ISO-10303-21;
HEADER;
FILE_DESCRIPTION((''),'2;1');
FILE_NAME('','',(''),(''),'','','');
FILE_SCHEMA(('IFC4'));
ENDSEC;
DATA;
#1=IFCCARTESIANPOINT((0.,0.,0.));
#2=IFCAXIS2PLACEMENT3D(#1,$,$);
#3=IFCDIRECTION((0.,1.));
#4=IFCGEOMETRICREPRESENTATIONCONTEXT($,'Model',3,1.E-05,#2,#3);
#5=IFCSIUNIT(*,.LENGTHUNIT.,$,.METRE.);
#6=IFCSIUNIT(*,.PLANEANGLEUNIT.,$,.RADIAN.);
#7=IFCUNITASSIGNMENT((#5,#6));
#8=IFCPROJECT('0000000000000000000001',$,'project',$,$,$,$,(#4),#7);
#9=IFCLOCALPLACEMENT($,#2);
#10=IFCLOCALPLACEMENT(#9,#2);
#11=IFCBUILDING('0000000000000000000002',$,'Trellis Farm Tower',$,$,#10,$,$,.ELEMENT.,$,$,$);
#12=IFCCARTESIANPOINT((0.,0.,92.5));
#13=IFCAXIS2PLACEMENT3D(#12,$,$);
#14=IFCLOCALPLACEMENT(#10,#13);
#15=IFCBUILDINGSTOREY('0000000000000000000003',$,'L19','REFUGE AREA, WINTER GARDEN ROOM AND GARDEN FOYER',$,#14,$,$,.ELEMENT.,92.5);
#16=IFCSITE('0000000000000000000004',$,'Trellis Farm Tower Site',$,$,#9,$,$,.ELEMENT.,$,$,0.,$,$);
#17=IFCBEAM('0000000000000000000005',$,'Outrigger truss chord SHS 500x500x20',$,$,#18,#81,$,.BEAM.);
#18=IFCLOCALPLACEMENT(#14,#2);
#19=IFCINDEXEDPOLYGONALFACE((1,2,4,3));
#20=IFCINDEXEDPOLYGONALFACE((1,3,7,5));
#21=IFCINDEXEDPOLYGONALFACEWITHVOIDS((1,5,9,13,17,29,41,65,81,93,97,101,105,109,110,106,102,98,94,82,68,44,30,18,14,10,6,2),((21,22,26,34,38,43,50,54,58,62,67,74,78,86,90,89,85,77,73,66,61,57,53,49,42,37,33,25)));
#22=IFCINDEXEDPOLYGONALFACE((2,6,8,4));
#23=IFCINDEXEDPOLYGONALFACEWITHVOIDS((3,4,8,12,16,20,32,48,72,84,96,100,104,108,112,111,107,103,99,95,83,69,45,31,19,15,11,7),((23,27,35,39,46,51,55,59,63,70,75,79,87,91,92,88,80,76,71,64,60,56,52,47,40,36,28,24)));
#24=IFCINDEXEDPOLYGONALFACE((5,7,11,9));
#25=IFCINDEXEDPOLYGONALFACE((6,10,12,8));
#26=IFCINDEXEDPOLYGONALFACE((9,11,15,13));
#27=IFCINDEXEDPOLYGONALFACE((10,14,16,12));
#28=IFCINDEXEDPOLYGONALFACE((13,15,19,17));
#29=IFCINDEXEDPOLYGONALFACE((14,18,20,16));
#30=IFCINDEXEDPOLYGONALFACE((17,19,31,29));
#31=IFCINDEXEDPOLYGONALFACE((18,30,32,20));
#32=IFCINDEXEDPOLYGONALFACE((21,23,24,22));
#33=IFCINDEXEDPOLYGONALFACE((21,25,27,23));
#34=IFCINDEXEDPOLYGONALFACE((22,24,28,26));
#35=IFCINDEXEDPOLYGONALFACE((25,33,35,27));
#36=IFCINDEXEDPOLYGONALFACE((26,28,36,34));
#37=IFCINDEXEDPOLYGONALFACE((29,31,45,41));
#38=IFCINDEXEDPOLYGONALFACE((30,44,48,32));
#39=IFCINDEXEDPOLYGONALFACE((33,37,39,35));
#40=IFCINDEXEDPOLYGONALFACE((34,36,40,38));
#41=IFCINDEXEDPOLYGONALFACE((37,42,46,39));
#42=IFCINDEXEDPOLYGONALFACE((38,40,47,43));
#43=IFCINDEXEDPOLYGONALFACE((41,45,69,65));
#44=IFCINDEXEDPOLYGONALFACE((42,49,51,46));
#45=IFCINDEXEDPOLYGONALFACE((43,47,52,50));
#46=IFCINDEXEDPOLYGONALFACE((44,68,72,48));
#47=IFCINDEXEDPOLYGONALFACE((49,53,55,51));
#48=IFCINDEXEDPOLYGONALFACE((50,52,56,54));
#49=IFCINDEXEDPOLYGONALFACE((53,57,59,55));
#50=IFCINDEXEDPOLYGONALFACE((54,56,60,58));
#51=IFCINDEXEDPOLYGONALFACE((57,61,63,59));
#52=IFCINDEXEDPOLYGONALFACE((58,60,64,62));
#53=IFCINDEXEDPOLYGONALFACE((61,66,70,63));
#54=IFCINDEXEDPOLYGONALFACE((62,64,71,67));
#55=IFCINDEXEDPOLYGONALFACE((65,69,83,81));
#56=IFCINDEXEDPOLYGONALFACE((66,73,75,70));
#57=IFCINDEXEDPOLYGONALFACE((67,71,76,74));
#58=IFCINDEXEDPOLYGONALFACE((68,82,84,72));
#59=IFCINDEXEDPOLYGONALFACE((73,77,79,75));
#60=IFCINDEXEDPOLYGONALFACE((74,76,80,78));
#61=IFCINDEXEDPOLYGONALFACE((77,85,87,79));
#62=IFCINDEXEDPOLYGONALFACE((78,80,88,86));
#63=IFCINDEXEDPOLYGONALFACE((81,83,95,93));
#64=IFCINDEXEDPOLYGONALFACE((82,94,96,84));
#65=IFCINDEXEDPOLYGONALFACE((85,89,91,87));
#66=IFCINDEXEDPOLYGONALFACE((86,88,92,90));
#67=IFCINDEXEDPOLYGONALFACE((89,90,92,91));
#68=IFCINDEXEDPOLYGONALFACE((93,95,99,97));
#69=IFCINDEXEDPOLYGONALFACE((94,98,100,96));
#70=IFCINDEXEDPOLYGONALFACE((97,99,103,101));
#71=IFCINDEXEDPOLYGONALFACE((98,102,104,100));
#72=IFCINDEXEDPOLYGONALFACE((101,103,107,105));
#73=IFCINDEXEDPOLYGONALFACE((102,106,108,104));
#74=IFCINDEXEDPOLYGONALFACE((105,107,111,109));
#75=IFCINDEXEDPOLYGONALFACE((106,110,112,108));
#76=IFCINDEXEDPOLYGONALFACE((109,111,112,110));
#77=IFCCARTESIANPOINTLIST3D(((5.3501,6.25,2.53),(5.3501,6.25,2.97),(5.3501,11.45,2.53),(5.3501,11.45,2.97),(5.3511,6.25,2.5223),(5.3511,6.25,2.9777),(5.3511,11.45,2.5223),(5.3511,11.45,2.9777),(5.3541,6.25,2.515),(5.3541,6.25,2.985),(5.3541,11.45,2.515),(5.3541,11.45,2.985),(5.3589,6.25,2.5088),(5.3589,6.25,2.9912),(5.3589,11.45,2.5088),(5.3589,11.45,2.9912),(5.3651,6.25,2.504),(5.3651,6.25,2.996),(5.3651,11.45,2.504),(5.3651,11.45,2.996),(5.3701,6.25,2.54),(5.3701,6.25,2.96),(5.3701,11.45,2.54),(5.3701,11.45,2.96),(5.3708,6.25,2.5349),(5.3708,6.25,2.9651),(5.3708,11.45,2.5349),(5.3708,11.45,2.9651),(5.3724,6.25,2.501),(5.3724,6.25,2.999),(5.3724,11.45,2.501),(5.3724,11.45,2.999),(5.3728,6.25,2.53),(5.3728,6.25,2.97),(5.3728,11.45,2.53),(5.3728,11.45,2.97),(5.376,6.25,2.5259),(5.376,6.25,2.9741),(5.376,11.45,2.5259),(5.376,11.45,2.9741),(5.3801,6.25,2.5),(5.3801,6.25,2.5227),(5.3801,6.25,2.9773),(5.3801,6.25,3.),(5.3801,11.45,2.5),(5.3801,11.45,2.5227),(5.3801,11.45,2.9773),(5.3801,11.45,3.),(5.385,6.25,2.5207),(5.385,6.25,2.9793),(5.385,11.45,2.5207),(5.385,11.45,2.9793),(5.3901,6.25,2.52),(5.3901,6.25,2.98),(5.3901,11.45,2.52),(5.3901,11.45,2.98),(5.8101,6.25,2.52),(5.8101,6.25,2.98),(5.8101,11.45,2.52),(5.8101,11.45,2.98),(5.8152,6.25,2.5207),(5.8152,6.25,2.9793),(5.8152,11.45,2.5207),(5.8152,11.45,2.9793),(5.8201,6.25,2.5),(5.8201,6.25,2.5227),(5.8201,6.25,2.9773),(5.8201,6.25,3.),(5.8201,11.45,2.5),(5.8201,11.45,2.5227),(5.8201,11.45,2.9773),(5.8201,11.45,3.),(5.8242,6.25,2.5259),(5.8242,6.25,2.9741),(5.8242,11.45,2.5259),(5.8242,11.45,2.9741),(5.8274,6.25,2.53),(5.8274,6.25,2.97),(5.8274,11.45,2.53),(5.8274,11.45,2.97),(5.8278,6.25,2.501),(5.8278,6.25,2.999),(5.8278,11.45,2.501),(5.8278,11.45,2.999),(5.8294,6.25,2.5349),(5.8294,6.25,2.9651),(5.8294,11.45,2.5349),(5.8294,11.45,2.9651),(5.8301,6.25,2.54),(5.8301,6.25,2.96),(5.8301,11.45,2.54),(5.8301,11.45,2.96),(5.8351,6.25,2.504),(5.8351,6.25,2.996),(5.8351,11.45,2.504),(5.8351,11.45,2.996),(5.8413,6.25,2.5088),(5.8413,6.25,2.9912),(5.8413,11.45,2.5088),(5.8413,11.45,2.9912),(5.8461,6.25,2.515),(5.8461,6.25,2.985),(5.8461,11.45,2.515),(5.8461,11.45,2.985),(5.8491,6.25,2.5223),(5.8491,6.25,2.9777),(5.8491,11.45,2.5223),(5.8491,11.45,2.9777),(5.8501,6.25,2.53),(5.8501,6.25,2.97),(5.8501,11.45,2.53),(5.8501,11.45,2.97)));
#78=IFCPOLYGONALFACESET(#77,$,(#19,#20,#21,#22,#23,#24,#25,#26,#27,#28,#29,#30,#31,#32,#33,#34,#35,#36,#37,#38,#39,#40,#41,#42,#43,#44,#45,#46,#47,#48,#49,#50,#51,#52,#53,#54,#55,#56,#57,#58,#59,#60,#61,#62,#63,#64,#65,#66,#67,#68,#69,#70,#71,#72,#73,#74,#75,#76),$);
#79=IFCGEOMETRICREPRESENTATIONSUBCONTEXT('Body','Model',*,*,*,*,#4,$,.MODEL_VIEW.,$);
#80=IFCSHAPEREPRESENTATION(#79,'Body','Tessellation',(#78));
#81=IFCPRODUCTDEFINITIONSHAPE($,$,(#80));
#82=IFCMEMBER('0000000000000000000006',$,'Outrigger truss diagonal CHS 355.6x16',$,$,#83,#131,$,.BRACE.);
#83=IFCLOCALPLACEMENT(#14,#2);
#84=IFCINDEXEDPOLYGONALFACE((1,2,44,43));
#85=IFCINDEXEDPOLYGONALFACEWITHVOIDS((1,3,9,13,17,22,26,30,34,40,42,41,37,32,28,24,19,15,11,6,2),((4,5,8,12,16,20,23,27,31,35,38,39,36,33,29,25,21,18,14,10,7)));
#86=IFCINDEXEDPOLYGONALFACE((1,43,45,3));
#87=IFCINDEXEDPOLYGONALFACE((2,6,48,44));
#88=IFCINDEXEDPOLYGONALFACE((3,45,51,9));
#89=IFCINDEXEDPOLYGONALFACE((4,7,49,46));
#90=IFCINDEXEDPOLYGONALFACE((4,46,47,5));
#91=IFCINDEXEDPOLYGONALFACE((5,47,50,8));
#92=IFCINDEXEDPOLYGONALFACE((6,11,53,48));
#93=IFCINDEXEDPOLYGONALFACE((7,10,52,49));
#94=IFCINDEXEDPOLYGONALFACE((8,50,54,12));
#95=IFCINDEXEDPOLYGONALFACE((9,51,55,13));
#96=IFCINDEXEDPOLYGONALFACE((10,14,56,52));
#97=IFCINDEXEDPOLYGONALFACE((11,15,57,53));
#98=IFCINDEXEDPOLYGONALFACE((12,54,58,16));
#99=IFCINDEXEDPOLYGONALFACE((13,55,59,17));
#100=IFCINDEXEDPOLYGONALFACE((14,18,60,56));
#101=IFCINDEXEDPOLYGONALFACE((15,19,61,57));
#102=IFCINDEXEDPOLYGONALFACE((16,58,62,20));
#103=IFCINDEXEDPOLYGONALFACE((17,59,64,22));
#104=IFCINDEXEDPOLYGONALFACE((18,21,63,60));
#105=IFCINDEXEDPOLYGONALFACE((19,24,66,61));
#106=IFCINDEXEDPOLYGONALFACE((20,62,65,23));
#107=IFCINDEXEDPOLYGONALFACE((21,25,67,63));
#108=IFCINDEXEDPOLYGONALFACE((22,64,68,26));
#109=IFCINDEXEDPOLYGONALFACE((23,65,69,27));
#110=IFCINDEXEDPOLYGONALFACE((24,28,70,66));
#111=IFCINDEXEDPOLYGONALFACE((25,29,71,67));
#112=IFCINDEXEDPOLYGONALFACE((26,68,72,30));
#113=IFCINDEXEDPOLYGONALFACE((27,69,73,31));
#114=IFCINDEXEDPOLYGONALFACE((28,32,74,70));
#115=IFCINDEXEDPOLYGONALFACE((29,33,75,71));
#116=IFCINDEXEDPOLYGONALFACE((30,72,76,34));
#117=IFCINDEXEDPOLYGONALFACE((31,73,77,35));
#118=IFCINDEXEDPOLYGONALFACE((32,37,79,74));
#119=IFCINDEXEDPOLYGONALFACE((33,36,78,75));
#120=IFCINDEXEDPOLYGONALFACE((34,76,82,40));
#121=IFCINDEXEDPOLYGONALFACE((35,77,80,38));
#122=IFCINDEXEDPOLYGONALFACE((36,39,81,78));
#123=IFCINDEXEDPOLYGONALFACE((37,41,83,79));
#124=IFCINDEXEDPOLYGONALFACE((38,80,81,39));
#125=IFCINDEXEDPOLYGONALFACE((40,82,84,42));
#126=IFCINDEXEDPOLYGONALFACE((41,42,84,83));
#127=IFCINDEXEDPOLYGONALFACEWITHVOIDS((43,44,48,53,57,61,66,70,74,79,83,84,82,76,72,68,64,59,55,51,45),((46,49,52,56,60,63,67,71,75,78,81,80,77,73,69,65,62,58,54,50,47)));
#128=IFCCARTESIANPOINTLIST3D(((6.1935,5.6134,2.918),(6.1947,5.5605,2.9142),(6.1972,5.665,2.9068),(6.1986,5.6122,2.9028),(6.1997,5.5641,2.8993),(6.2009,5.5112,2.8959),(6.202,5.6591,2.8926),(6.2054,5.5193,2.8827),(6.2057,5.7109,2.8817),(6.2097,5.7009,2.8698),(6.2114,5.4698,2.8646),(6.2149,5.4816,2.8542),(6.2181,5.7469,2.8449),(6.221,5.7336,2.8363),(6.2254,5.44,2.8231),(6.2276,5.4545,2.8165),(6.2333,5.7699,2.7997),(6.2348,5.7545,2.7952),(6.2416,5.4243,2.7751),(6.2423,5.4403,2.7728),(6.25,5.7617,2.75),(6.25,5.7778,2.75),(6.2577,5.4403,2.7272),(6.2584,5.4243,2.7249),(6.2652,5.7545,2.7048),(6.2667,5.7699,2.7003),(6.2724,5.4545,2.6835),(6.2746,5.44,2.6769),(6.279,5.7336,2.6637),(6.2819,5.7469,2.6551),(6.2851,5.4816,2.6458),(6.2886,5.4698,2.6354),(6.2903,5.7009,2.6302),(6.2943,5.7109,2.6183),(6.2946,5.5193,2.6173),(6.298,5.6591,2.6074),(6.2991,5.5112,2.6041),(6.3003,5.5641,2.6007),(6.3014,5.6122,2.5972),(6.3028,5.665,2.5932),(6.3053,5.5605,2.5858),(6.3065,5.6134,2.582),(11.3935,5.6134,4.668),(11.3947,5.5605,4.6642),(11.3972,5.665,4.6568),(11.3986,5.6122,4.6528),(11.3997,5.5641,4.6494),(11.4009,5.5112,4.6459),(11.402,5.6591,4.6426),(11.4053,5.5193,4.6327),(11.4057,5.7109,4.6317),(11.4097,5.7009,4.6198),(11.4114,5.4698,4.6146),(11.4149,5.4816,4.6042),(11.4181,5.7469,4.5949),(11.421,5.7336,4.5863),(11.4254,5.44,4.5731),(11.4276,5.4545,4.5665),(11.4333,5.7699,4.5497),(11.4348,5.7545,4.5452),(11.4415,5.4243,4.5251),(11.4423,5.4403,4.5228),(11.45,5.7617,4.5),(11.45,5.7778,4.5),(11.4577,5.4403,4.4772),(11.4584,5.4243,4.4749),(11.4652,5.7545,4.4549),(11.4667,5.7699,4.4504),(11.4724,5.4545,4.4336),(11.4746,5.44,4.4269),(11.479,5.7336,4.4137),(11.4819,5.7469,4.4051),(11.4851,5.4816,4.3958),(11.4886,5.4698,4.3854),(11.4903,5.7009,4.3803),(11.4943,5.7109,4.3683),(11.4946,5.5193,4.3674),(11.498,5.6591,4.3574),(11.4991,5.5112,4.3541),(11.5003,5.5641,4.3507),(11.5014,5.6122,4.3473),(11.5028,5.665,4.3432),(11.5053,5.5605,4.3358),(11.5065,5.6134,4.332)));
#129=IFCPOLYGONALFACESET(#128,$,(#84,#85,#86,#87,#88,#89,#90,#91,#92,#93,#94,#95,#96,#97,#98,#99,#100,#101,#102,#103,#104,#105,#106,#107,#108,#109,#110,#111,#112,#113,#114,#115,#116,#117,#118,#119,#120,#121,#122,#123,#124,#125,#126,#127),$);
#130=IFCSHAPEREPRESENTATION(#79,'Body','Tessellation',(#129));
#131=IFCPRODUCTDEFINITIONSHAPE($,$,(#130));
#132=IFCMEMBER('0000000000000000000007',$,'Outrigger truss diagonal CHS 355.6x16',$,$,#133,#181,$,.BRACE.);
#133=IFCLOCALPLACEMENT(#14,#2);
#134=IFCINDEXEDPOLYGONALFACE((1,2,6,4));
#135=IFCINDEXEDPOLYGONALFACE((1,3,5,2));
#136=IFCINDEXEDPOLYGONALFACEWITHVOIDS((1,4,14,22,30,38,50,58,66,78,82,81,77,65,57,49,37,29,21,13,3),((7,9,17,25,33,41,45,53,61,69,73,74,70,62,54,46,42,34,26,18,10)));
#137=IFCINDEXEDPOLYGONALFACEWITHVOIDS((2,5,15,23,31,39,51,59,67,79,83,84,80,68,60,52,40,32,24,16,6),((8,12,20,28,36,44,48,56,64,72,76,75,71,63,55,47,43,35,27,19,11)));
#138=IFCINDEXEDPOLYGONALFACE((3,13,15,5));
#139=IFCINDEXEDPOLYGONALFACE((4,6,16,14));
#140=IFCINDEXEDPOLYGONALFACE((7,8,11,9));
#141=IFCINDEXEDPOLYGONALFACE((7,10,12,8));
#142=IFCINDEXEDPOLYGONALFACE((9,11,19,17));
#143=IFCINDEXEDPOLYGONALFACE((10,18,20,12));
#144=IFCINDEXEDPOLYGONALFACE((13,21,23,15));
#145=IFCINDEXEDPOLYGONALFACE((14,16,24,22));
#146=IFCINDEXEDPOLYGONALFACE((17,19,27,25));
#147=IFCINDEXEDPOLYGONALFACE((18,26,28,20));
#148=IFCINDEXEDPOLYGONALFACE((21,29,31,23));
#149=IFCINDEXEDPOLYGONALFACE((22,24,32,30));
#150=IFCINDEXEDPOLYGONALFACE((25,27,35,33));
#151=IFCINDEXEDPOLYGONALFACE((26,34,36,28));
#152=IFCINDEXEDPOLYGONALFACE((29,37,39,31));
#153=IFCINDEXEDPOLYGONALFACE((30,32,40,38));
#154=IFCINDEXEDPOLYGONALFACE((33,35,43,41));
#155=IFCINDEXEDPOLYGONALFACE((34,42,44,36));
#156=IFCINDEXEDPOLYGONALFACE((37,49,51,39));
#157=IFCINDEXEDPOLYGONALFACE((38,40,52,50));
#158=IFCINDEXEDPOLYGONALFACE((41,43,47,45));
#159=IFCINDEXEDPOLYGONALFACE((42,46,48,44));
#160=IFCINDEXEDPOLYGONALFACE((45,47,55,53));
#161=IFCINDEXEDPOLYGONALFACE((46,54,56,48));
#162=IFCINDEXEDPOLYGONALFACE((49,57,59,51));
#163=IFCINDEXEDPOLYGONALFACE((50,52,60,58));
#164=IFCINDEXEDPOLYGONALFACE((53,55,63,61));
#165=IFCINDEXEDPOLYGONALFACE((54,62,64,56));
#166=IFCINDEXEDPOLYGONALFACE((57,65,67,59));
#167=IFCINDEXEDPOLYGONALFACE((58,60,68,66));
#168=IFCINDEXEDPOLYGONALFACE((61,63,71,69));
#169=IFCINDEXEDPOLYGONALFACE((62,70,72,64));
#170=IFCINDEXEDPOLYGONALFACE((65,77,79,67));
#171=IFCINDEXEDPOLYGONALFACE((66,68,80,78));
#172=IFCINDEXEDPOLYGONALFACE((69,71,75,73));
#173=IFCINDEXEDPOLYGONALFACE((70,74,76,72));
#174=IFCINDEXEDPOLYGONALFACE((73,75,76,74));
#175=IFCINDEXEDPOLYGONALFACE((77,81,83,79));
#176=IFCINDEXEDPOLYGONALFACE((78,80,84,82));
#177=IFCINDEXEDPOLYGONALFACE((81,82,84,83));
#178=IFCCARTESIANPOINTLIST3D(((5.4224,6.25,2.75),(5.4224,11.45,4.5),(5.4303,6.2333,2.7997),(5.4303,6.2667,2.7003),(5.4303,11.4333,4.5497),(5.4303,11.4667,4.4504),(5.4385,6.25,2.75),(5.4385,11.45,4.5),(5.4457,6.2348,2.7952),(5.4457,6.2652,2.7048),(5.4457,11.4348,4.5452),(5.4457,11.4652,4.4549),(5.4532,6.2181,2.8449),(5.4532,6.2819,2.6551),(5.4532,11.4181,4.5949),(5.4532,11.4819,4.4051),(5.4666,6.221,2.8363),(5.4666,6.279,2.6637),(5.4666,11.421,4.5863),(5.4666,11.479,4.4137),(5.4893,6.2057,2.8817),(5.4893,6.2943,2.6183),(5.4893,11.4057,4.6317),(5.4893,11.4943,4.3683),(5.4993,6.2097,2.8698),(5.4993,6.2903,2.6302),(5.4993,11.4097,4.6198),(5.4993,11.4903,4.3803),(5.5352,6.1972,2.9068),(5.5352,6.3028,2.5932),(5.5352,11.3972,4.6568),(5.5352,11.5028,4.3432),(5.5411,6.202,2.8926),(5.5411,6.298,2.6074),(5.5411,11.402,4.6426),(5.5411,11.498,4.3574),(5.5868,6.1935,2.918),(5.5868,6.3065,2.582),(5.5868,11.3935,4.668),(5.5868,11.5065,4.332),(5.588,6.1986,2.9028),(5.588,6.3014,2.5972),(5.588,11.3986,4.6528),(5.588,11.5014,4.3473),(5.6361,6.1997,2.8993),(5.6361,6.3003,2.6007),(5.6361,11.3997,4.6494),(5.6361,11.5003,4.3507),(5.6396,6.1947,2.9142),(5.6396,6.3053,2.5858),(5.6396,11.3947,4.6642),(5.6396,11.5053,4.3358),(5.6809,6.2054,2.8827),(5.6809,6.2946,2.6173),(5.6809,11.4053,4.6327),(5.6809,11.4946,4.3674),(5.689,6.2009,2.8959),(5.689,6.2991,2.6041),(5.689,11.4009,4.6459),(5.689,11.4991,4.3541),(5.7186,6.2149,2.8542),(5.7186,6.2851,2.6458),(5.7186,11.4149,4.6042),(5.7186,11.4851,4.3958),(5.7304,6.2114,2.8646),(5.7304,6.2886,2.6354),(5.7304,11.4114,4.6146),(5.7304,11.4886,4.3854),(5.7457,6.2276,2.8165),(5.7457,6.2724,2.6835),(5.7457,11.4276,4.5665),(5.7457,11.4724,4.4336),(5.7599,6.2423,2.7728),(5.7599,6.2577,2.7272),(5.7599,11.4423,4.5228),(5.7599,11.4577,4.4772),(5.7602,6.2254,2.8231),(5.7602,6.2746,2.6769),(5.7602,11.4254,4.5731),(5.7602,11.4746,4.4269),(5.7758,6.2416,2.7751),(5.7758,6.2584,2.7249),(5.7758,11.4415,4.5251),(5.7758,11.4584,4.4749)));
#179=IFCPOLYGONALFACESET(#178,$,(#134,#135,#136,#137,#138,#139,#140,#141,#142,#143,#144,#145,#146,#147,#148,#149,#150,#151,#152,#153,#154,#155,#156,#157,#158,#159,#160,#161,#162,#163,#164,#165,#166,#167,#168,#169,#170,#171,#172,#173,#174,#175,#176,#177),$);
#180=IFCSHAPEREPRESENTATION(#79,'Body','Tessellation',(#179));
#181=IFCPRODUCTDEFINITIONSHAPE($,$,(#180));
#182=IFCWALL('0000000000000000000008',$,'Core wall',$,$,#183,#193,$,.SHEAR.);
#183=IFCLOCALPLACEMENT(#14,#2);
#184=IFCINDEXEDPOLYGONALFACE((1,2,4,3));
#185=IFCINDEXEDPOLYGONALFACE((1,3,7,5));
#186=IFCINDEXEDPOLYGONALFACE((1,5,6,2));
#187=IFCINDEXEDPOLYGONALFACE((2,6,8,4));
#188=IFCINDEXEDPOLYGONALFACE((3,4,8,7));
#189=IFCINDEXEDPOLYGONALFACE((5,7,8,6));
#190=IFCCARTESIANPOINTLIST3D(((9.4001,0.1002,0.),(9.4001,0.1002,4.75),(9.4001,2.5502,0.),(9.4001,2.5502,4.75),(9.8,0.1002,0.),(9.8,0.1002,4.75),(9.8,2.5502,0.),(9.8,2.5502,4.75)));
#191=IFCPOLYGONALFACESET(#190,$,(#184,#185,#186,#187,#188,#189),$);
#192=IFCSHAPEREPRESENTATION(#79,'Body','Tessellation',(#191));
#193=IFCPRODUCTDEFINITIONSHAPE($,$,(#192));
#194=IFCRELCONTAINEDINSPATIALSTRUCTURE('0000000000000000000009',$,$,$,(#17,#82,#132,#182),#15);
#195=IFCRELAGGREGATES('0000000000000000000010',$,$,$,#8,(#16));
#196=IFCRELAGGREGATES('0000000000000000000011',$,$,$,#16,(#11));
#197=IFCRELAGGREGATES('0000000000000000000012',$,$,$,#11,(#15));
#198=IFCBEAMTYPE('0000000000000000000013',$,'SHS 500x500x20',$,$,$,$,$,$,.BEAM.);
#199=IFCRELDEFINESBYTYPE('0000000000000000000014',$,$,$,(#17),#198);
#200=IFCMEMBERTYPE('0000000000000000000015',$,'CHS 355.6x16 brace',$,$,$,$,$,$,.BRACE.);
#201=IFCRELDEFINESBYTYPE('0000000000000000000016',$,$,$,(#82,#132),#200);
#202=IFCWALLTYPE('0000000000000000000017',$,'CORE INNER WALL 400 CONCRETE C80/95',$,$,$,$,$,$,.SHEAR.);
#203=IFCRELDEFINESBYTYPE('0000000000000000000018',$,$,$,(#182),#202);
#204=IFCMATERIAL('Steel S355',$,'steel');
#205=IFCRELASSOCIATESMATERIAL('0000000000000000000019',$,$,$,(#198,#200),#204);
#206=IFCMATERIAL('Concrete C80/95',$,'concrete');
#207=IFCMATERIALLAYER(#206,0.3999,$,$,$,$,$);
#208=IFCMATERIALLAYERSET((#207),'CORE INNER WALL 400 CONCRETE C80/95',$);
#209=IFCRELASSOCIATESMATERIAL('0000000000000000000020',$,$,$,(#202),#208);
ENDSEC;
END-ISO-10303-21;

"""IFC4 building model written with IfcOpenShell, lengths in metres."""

from ifc_helpers import new_model, si_unit, direction, frame, frame_2d, origin, origin_2d, place, context, subcontext, project, spatial, rectangle, hollow_rectangle, hollow_circle, extrude, source, transform, mapped, material, layer, layer_set, material_profile, profile_set, type_object, element, save


model = new_model("IFC4")

# Units and contexts
model_context = context("Model", 3, precision=1e-05, world=origin(), true_north=direction((0.0, 1.0)))
body_context = subcontext(model_context, "Body", "Model", "MODEL_VIEW")
ifc_project = project(units=[si_unit("LENGTHUNIT", "METRE"), si_unit("PLANEANGLEUNIT", "RADIAN")], contexts=[model_context])

# Site, building, storey
site_placement = place(None, origin())
site = spatial("IfcSite", under=ifc_project, at=site_placement, Name="Trellis Farm Tower Site", CompositionType="ELEMENT", RefElevation=0.0)
building_placement = place(site_placement, origin())
building = spatial("IfcBuilding", under=site, at=building_placement, Name="Trellis Farm Tower", CompositionType="ELEMENT")
storey_placement = place(building_placement, frame((0.0, 0.0, 92.5)))
storey = spatial("IfcBuildingStorey", under=building, at=storey_placement, Name="L19", Description="REFUGE AREA, WINTER GARDEN ROOM AND GARDEN FOYER", CompositionType="ELEMENT", Elevation=92.5)

# Shared definitions
ifc_material_1 = material(Name="Concrete C80/95", Category="concrete")

# Beam
ifc_material_2 = material(Name="Steel S355", Category="steel")
ifc_material_profile_1 = material_profile(ifc_material_2, hollow_rectangle(XDim=0.5, YDim=0.5, WallThickness=0.02, InnerFilletRadius=0.02, OuterFilletRadius=0.03, at=origin_2d()), Name="SHS 500x500x20")
ifc_profile_set_1 = profile_set([ifc_material_profile_1], Name="Steel S355")
beam_type_1 = type_object("IfcBeamType", Name="SHS 500x500x20", PredefinedType="BEAM", material=ifc_profile_set_1)
shared_shape_1 = source(origin(), body_context, "Body", "SweptSolid", [
    extrude(hollow_rectangle(XDim=0.5, YDim=0.5, WallThickness=0.02, InnerFilletRadius=0.02, OuterFilletRadius=0.03, at=origin_2d()), origin(), (0.0, 0.0, 1.0), 5.2),
])
for number, where, z_axis, x_axis, name in (
    (1, (5.6001, 6.25, 2.75), (0.0, 1.0, 0.0), (-1.0, 0.0, 0.0), "Outrigger truss chord SHS 500x500x20"),
):
    element("IfcBeam", number, at=place(storey_placement, frame(where, z_axis=z_axis, x_axis=x_axis)), inside=storey, type_object=beam_type_1, Name=name, PredefinedType="BEAM", context=body_context, shape_type="MappedRepresentation", body=[
        mapped(shared_shape_1, transform((0.0, 0.0, 0.0))),
    ])

# Members
ifc_material_profile_2 = material_profile(ifc_material_2, hollow_circle(Radius=0.1777, WallThickness=0.0161, at=origin_2d()), Name="CHS 355.6x16")
ifc_profile_set_2 = profile_set([ifc_material_profile_2], Name="Steel S355")
member_type = type_object("IfcMemberType", Name="CHS 355.6x16 brace", PredefinedType="BRACE", material=ifc_profile_set_2)
shared_shape_2 = source(origin(), body_context, "Body", "SweptSolid", [
    extrude(hollow_circle(Radius=0.1777, WallThickness=0.0161, at=origin_2d()), origin(), (0.0, 0.0, 1.0), 5.4866),
])
for number, where, z_axis, x_axis, name in (
    (2, (6.25, 5.6001, 2.75), (0.947767, 0.0, 0.318963), (0.0, 1.0, 0.0), "Outrigger truss diagonal CHS 355.6x16"),
    (3, (5.6001, 6.25, 2.75), (0.0, 0.947767, 0.318963), (-1.0, 0.0, 0.0), "Outrigger truss diagonal CHS 355.6x16"),
):
    element("IfcMember", number, at=place(storey_placement, frame(where, z_axis=z_axis, x_axis=x_axis)), inside=storey, type_object=member_type, Name=name, PredefinedType="BRACE", context=body_context, shape_type="MappedRepresentation", body=[
        mapped(shared_shape_2, transform((0.0, 0.0, 0.0))),
    ])

# Wall
ifc_layer_1 = layer(ifc_material_1, 0.3999)
ifc_layer_set_1 = layer_set([ifc_layer_1], Name="CORE INNER WALL 400 CONCRETE C80/95")
wall_type_1 = type_object("IfcWallType", Name="CORE INNER WALL 400 CONCRETE C80/95", PredefinedType="SHEAR", material=ifc_layer_set_1)
shared_shape_3 = source(origin(), body_context, "Body", "SweptSolid", [
    extrude(rectangle(XDim=2.45, YDim=0.3999, at=frame_2d((1.2251, 0.0))), origin(), (0.0, 0.0, 1.0), 4.75),
])
wall_1_placement = place(storey_placement, frame((9.6001, 0.1001, 0.0), z_axis=(0.0, 0.0, 1.0), x_axis=(0.0, 1.0, 0.0)))
element("IfcWall", 4, at=wall_1_placement, inside=storey, type_object=wall_type_1, Name="Core wall", PredefinedType="SHEAR", context=body_context, shape_type="MappedRepresentation", body=[
    mapped(shared_shape_3, transform((0.0, 0.0, 0.0))),
])

save(model, "model.ifc")
